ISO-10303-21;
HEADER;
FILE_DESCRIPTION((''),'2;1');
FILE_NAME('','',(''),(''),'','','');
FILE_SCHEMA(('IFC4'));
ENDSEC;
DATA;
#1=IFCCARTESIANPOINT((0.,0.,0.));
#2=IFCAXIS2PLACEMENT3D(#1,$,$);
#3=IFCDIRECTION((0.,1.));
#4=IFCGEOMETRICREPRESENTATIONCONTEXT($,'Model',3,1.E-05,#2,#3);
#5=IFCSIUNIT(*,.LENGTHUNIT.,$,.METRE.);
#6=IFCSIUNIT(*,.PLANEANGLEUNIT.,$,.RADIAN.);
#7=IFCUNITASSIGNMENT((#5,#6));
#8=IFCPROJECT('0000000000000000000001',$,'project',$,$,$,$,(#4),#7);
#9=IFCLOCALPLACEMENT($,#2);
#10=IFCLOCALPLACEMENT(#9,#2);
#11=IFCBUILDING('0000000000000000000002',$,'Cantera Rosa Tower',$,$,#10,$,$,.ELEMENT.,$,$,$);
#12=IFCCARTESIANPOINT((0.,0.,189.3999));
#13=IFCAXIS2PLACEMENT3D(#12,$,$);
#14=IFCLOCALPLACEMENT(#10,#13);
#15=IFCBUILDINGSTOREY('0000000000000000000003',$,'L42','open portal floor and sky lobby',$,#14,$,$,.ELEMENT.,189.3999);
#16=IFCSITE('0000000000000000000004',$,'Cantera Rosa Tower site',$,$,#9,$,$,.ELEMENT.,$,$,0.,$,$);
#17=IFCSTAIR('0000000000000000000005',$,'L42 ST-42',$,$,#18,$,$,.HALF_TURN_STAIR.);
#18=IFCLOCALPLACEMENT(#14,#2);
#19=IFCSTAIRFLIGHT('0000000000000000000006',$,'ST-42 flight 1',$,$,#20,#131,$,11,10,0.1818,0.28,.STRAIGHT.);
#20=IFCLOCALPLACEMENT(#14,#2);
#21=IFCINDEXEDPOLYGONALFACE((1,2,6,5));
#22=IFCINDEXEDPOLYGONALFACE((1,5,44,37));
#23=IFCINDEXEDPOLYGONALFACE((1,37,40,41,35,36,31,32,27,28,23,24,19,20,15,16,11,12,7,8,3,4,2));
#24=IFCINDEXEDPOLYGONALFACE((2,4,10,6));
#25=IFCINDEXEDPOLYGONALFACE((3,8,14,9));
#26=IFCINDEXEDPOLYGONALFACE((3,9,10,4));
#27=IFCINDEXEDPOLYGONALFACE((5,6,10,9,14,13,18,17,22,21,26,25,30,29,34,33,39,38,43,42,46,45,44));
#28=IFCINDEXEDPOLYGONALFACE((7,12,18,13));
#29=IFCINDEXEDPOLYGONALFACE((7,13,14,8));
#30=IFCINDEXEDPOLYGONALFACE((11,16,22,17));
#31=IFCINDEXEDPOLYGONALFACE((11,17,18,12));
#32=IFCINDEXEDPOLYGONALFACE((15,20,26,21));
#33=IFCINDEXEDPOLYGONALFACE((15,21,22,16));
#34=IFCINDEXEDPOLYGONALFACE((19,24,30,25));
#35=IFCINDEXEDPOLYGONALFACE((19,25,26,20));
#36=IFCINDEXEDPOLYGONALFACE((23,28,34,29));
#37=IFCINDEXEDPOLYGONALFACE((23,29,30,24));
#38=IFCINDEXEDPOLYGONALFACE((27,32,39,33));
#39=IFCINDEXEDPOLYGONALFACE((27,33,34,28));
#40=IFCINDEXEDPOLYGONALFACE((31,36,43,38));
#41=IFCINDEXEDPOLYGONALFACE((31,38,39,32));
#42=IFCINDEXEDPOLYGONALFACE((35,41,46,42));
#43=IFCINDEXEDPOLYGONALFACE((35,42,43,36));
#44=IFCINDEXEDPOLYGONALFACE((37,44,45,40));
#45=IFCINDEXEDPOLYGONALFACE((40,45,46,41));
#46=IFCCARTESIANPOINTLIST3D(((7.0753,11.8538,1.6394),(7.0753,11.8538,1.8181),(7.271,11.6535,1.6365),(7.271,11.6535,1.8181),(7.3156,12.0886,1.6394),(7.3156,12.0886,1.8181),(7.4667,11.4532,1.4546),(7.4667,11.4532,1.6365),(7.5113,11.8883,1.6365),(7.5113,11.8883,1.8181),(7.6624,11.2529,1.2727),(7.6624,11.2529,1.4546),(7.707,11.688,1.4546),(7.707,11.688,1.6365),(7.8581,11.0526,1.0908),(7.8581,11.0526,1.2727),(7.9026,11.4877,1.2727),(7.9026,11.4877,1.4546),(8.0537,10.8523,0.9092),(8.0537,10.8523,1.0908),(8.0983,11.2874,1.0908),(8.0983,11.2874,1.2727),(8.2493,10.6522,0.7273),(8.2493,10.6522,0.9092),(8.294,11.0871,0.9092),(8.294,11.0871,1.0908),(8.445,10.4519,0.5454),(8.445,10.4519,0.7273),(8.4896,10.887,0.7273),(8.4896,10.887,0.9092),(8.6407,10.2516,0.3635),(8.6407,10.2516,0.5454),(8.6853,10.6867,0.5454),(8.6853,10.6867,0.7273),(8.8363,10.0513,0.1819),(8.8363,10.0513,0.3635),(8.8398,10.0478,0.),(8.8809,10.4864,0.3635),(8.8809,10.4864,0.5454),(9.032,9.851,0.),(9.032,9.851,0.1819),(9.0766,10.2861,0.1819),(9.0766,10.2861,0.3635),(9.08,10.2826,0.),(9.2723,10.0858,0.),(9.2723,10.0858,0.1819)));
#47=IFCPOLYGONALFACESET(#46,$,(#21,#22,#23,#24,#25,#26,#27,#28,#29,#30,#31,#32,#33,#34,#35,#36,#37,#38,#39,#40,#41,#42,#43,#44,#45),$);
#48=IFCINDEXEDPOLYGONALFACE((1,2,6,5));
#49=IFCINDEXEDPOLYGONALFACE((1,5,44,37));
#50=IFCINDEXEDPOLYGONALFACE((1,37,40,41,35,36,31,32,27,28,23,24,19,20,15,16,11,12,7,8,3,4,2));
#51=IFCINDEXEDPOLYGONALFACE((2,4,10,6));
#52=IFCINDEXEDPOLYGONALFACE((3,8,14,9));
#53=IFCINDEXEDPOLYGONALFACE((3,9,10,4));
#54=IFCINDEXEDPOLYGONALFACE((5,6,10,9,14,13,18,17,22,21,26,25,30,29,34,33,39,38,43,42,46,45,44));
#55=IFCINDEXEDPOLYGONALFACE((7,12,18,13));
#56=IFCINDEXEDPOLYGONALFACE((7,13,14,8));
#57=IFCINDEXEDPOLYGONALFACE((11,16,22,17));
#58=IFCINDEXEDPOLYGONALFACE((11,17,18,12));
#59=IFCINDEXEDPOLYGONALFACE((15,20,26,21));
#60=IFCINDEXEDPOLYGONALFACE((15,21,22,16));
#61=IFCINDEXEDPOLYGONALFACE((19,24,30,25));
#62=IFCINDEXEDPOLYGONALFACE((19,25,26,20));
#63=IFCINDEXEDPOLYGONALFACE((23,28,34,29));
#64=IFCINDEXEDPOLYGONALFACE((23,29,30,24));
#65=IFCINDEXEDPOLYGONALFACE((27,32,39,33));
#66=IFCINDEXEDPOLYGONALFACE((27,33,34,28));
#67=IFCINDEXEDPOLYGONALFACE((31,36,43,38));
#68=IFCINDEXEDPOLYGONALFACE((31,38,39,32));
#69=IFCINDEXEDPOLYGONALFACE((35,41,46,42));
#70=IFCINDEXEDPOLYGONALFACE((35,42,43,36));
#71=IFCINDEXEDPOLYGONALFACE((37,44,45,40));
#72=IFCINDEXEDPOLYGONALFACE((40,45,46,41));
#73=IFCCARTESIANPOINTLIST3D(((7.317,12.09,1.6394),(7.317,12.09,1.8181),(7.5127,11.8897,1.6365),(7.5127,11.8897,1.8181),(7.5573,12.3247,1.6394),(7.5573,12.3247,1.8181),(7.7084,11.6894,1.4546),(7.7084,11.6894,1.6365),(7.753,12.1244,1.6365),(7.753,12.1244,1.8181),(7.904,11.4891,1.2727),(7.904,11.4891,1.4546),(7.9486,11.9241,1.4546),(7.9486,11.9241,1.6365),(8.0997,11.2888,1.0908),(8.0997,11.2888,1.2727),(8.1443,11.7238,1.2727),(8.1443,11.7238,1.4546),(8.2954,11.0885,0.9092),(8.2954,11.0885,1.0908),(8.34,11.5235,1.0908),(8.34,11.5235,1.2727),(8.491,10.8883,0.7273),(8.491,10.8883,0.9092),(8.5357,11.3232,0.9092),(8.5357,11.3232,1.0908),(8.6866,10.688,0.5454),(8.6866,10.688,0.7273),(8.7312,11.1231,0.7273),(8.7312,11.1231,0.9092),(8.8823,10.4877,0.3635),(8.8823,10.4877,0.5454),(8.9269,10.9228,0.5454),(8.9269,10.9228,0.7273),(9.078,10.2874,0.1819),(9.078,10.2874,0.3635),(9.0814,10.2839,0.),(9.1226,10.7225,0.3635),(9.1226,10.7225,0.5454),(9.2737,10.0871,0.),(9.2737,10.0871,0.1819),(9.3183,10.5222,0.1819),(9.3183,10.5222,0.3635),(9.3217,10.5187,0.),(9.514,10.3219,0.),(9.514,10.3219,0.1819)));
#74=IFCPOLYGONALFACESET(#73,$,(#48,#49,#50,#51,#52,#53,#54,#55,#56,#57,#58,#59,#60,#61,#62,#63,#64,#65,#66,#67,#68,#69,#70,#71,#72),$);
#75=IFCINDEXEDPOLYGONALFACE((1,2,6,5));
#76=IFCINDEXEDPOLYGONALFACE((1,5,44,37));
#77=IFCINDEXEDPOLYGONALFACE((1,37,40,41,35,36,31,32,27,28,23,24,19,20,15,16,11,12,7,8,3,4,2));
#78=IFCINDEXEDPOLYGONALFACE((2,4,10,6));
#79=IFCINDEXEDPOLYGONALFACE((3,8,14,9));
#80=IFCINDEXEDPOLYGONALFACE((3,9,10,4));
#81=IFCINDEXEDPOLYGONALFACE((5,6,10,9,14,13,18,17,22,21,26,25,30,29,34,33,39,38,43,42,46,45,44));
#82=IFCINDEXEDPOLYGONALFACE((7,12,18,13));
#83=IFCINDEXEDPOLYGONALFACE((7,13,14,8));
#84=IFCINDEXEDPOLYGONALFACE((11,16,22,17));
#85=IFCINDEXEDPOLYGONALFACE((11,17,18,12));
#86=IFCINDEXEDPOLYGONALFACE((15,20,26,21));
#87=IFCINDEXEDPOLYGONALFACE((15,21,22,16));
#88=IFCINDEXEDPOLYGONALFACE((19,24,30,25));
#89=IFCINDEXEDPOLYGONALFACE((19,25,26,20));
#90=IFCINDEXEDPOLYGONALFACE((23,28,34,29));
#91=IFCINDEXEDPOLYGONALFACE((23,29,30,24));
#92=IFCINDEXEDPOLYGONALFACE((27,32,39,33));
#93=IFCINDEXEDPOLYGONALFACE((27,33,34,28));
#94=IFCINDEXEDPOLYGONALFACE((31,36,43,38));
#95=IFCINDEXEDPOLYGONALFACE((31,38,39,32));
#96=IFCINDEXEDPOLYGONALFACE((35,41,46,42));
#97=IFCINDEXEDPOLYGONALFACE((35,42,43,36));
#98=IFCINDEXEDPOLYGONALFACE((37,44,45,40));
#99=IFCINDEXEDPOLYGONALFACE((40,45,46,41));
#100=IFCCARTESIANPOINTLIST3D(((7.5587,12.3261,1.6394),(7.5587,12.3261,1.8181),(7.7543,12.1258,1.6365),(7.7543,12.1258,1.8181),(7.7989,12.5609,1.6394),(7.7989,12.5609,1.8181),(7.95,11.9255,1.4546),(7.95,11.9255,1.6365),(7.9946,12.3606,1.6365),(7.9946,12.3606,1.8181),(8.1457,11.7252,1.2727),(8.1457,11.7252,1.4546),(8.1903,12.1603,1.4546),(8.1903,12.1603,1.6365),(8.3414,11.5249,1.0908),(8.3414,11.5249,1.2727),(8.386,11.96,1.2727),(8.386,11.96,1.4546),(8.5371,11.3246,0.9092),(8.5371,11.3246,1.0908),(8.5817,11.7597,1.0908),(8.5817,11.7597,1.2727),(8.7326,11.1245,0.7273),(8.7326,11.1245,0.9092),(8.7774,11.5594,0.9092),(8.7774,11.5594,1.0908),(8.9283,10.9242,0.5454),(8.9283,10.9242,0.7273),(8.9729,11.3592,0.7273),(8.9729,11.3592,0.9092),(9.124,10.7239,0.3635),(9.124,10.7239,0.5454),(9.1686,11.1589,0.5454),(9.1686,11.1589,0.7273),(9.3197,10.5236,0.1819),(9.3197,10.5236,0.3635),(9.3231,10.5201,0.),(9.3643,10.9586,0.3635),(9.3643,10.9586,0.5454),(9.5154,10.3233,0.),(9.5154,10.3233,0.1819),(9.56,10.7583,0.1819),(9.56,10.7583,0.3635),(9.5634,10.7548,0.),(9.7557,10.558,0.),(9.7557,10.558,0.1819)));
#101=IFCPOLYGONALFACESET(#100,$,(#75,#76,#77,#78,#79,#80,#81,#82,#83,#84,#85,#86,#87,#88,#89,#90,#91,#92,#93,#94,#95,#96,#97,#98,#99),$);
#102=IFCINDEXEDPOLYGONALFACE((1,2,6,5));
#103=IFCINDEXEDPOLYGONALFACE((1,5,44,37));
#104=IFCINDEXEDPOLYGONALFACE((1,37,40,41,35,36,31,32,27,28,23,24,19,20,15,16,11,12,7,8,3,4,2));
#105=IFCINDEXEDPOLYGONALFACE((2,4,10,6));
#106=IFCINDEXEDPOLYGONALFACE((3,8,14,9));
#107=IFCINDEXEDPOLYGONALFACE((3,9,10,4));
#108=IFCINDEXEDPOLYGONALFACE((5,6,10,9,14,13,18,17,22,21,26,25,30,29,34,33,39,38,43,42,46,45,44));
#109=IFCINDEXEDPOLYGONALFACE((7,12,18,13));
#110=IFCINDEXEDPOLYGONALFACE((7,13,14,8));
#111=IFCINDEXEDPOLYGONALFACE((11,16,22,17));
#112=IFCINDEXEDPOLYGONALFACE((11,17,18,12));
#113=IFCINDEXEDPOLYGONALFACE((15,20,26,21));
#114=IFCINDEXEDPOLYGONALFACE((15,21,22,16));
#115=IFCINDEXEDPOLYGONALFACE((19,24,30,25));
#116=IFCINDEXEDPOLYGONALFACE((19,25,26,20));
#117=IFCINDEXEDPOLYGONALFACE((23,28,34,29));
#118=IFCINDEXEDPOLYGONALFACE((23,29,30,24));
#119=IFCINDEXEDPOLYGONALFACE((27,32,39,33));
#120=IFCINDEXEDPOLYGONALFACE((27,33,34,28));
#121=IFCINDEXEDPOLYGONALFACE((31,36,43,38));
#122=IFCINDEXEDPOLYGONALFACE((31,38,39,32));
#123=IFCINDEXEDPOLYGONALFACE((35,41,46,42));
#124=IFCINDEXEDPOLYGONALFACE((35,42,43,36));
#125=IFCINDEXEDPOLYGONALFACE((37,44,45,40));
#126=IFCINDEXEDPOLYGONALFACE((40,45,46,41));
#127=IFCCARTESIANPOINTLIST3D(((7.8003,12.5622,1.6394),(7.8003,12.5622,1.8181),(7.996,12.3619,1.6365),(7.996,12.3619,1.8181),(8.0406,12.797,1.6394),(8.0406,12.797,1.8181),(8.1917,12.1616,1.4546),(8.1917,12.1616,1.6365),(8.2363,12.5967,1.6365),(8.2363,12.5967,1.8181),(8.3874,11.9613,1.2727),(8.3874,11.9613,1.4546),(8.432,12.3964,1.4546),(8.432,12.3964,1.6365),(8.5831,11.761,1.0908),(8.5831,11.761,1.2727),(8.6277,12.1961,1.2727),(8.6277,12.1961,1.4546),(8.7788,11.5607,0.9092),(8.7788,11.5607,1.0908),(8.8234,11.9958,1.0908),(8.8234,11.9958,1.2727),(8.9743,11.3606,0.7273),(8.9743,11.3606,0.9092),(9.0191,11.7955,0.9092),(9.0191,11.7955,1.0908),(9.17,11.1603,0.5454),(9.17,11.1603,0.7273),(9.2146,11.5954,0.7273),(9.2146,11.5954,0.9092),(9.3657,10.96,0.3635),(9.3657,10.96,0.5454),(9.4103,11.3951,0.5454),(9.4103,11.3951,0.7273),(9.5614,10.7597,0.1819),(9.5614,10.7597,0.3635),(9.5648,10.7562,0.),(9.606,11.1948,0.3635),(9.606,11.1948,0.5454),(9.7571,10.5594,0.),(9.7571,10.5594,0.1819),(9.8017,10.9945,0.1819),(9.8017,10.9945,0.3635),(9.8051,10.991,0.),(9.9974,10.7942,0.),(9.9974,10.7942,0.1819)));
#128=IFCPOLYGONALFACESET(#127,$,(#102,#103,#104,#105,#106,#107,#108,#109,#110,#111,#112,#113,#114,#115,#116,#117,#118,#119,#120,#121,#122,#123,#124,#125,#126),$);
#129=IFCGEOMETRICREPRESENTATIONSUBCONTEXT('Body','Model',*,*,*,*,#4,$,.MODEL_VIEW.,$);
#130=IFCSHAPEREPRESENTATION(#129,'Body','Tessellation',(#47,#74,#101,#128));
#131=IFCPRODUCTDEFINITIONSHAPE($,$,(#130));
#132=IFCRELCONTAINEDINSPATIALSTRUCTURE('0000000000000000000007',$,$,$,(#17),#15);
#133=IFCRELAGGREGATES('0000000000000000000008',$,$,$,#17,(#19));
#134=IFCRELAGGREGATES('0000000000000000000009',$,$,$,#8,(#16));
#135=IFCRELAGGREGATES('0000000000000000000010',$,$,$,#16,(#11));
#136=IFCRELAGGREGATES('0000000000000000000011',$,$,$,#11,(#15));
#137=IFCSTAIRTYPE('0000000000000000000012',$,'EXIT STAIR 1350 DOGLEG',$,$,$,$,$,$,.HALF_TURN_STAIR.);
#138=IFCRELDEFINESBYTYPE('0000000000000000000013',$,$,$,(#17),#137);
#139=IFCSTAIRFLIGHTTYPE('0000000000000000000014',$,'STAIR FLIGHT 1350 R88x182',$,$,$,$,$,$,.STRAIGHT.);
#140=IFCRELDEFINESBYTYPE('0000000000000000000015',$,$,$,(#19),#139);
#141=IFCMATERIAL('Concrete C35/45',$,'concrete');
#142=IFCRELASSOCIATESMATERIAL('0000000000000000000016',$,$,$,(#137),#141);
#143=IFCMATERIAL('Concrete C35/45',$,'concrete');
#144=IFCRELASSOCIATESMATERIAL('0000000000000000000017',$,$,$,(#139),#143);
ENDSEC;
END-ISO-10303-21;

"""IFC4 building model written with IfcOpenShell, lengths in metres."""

from ifc_helpers import new_model, si_unit, direction, frame, origin, place, context, subcontext, project, spatial, polyline, outline, extrude, material, type_object, element, aggregate, save


model = new_model("IFC4")

# Units and contexts
model_context = context("Model", 3, precision=1e-05, world=origin(), true_north=direction((0.0, 1.0)))
body_context = subcontext(model_context, "Body", "Model", "MODEL_VIEW")
ifc_project = project(units=[si_unit("LENGTHUNIT", "METRE"), si_unit("PLANEANGLEUNIT", "RADIAN")], contexts=[model_context])

# Site, building, storey
site_placement = place(None, origin())
site = spatial("IfcSite", under=ifc_project, at=site_placement, Name="Cantera Rosa Tower site", CompositionType="ELEMENT", RefElevation=0.0)
building_placement = place(site_placement, origin())
building = spatial("IfcBuilding", under=site, at=building_placement, Name="Cantera Rosa Tower", CompositionType="ELEMENT")
storey_placement = place(building_placement, frame((0.0, 0.0, 189.3999)))
storey = spatial("IfcBuildingStorey", under=building, at=storey_placement, Name="L42", Description="open portal floor and sky lobby", CompositionType="ELEMENT", Elevation=189.3999)

# Shared definitions
ifc_material_1 = material(Name="Concrete C35/45", Category="concrete")
stair_type = type_object("IfcStairType", Name="EXIT STAIR 1350 DOGLEG", PredefinedType="HALF_TURN_STAIR", material=ifc_material_1)
ifc_material_2 = material(Name="Concrete C35/45", Category="concrete")
stair_flight_type = type_object("IfcStairFlightType", Name="STAIR FLIGHT 1350 R88x182", PredefinedType="STRAIGHT", material=ifc_material_2)

# Stair, stair flight
stair_1_placement = place(storey_placement, origin())
stair_1 = element("IfcStair", 1, at=stair_1_placement, inside=storey, type_object=stair_type, Name="L42 ST-42", PredefinedType="HALF_TURN_STAIR")
stair_flight_1_placement = place(storey_placement, frame((9.5149, 10.3228, 0.0), z_axis=(0.0, 0.0, 1.0), x_axis=(-0.698832, 0.715286, 0.0)))
stair_flight_1 = element("IfcStairFlight", 2, at=stair_flight_1_placement, type_object=stair_flight_type, Name="ST-42 flight 1", NumberOfRisers=11, NumberOfTreads=10, PredefinedType="STRAIGHT", RiserHeight=0.1818, TreadLength=0.28, context=body_context, shape_type="SweptSolid", body=[
    extrude(outline(polyline([(0.0, 0.0), (0.0, 0.1819), (0.28, 0.1819), (0.28, 0.3635), (0.5601, 0.3635), (0.5601, 0.5454), (0.8401, 0.5454), (0.8401, 0.7273), (1.1201, 0.7273), (1.1201, 0.9092), (1.3999, 0.9092), (1.3999, 1.0908), (1.6799, 1.0908), (1.6799, 1.2727), (1.96, 1.2727), (1.96, 1.4546), (2.24, 1.4546), (2.24, 1.6365), (2.52, 1.6365), (2.52, 1.8181), (2.8, 1.8181), (2.8, 2.0), (2.8, 1.6394), (0.2751, 0.0), (0.0, 0.0)])), frame((0.0, 0.675, 0.0), z_axis=(0.0, -1.0, 0.0), x_axis=(1.0, 0.0, 0.0)), (0.0, 0.0, 1.0), 0.3359),
    extrude(outline(polyline([(0.0, 0.0), (0.0, 0.1819), (0.28, 0.1819), (0.28, 0.3635), (0.5601, 0.3635), (0.5601, 0.5454), (0.8401, 0.5454), (0.8401, 0.7273), (1.1201, 0.7273), (1.1201, 0.9092), (1.3999, 0.9092), (1.3999, 1.0908), (1.6799, 1.0908), (1.6799, 1.2727), (1.96, 1.2727), (1.96, 1.4546), (2.24, 1.4546), (2.24, 1.6365), (2.52, 1.6365), (2.52, 1.8181), (2.8, 1.8181), (2.8, 2.0), (2.8, 1.6394), (0.2751, 0.0), (0.0, 0.0)])), frame((0.0, 0.3372, 0.0), z_axis=(0.0, -1.0, 0.0), x_axis=(1.0, 0.0, 0.0)), (0.0, 0.0, 1.0), 0.3359),
    extrude(outline(polyline([(0.0, 0.0), (0.0, 0.1819), (0.28, 0.1819), (0.28, 0.3635), (0.5601, 0.3635), (0.5601, 0.5454), (0.8401, 0.5454), (0.8401, 0.7273), (1.1201, 0.7273), (1.1201, 0.9092), (1.3999, 0.9092), (1.3999, 1.0908), (1.6799, 1.0908), (1.6799, 1.2727), (1.96, 1.2727), (1.96, 1.4546), (2.24, 1.4546), (2.24, 1.6365), (2.52, 1.6365), (2.52, 1.8181), (2.8, 1.8181), (2.8, 2.0), (2.8, 1.6394), (0.2751, 0.0), (0.0, 0.0)])), frame((0.0, -0.0007, 0.0), z_axis=(0.0, -1.0, 0.0), x_axis=(1.0, 0.0, 0.0)), (0.0, 0.0, 1.0), 0.3359),
    extrude(outline(polyline([(0.0, 0.0), (0.0, 0.1819), (0.28, 0.1819), (0.28, 0.3635), (0.5601, 0.3635), (0.5601, 0.5454), (0.8401, 0.5454), (0.8401, 0.7273), (1.1201, 0.7273), (1.1201, 0.9092), (1.3999, 0.9092), (1.3999, 1.0908), (1.6799, 1.0908), (1.6799, 1.2727), (1.96, 1.2727), (1.96, 1.4546), (2.24, 1.4546), (2.24, 1.6365), (2.52, 1.6365), (2.52, 1.8181), (2.8, 1.8181), (2.8, 2.0), (2.8, 1.6394), (0.2751, 0.0), (0.0, 0.0)])), frame((0.0, -0.3386, 0.0), z_axis=(0.0, -1.0, 0.0), x_axis=(1.0, 0.0, 0.0)), (0.0, 0.0, 1.0), 0.3359),
])
aggregate(stair_1, [stair_flight_1])

save(model, "model.ifc")
